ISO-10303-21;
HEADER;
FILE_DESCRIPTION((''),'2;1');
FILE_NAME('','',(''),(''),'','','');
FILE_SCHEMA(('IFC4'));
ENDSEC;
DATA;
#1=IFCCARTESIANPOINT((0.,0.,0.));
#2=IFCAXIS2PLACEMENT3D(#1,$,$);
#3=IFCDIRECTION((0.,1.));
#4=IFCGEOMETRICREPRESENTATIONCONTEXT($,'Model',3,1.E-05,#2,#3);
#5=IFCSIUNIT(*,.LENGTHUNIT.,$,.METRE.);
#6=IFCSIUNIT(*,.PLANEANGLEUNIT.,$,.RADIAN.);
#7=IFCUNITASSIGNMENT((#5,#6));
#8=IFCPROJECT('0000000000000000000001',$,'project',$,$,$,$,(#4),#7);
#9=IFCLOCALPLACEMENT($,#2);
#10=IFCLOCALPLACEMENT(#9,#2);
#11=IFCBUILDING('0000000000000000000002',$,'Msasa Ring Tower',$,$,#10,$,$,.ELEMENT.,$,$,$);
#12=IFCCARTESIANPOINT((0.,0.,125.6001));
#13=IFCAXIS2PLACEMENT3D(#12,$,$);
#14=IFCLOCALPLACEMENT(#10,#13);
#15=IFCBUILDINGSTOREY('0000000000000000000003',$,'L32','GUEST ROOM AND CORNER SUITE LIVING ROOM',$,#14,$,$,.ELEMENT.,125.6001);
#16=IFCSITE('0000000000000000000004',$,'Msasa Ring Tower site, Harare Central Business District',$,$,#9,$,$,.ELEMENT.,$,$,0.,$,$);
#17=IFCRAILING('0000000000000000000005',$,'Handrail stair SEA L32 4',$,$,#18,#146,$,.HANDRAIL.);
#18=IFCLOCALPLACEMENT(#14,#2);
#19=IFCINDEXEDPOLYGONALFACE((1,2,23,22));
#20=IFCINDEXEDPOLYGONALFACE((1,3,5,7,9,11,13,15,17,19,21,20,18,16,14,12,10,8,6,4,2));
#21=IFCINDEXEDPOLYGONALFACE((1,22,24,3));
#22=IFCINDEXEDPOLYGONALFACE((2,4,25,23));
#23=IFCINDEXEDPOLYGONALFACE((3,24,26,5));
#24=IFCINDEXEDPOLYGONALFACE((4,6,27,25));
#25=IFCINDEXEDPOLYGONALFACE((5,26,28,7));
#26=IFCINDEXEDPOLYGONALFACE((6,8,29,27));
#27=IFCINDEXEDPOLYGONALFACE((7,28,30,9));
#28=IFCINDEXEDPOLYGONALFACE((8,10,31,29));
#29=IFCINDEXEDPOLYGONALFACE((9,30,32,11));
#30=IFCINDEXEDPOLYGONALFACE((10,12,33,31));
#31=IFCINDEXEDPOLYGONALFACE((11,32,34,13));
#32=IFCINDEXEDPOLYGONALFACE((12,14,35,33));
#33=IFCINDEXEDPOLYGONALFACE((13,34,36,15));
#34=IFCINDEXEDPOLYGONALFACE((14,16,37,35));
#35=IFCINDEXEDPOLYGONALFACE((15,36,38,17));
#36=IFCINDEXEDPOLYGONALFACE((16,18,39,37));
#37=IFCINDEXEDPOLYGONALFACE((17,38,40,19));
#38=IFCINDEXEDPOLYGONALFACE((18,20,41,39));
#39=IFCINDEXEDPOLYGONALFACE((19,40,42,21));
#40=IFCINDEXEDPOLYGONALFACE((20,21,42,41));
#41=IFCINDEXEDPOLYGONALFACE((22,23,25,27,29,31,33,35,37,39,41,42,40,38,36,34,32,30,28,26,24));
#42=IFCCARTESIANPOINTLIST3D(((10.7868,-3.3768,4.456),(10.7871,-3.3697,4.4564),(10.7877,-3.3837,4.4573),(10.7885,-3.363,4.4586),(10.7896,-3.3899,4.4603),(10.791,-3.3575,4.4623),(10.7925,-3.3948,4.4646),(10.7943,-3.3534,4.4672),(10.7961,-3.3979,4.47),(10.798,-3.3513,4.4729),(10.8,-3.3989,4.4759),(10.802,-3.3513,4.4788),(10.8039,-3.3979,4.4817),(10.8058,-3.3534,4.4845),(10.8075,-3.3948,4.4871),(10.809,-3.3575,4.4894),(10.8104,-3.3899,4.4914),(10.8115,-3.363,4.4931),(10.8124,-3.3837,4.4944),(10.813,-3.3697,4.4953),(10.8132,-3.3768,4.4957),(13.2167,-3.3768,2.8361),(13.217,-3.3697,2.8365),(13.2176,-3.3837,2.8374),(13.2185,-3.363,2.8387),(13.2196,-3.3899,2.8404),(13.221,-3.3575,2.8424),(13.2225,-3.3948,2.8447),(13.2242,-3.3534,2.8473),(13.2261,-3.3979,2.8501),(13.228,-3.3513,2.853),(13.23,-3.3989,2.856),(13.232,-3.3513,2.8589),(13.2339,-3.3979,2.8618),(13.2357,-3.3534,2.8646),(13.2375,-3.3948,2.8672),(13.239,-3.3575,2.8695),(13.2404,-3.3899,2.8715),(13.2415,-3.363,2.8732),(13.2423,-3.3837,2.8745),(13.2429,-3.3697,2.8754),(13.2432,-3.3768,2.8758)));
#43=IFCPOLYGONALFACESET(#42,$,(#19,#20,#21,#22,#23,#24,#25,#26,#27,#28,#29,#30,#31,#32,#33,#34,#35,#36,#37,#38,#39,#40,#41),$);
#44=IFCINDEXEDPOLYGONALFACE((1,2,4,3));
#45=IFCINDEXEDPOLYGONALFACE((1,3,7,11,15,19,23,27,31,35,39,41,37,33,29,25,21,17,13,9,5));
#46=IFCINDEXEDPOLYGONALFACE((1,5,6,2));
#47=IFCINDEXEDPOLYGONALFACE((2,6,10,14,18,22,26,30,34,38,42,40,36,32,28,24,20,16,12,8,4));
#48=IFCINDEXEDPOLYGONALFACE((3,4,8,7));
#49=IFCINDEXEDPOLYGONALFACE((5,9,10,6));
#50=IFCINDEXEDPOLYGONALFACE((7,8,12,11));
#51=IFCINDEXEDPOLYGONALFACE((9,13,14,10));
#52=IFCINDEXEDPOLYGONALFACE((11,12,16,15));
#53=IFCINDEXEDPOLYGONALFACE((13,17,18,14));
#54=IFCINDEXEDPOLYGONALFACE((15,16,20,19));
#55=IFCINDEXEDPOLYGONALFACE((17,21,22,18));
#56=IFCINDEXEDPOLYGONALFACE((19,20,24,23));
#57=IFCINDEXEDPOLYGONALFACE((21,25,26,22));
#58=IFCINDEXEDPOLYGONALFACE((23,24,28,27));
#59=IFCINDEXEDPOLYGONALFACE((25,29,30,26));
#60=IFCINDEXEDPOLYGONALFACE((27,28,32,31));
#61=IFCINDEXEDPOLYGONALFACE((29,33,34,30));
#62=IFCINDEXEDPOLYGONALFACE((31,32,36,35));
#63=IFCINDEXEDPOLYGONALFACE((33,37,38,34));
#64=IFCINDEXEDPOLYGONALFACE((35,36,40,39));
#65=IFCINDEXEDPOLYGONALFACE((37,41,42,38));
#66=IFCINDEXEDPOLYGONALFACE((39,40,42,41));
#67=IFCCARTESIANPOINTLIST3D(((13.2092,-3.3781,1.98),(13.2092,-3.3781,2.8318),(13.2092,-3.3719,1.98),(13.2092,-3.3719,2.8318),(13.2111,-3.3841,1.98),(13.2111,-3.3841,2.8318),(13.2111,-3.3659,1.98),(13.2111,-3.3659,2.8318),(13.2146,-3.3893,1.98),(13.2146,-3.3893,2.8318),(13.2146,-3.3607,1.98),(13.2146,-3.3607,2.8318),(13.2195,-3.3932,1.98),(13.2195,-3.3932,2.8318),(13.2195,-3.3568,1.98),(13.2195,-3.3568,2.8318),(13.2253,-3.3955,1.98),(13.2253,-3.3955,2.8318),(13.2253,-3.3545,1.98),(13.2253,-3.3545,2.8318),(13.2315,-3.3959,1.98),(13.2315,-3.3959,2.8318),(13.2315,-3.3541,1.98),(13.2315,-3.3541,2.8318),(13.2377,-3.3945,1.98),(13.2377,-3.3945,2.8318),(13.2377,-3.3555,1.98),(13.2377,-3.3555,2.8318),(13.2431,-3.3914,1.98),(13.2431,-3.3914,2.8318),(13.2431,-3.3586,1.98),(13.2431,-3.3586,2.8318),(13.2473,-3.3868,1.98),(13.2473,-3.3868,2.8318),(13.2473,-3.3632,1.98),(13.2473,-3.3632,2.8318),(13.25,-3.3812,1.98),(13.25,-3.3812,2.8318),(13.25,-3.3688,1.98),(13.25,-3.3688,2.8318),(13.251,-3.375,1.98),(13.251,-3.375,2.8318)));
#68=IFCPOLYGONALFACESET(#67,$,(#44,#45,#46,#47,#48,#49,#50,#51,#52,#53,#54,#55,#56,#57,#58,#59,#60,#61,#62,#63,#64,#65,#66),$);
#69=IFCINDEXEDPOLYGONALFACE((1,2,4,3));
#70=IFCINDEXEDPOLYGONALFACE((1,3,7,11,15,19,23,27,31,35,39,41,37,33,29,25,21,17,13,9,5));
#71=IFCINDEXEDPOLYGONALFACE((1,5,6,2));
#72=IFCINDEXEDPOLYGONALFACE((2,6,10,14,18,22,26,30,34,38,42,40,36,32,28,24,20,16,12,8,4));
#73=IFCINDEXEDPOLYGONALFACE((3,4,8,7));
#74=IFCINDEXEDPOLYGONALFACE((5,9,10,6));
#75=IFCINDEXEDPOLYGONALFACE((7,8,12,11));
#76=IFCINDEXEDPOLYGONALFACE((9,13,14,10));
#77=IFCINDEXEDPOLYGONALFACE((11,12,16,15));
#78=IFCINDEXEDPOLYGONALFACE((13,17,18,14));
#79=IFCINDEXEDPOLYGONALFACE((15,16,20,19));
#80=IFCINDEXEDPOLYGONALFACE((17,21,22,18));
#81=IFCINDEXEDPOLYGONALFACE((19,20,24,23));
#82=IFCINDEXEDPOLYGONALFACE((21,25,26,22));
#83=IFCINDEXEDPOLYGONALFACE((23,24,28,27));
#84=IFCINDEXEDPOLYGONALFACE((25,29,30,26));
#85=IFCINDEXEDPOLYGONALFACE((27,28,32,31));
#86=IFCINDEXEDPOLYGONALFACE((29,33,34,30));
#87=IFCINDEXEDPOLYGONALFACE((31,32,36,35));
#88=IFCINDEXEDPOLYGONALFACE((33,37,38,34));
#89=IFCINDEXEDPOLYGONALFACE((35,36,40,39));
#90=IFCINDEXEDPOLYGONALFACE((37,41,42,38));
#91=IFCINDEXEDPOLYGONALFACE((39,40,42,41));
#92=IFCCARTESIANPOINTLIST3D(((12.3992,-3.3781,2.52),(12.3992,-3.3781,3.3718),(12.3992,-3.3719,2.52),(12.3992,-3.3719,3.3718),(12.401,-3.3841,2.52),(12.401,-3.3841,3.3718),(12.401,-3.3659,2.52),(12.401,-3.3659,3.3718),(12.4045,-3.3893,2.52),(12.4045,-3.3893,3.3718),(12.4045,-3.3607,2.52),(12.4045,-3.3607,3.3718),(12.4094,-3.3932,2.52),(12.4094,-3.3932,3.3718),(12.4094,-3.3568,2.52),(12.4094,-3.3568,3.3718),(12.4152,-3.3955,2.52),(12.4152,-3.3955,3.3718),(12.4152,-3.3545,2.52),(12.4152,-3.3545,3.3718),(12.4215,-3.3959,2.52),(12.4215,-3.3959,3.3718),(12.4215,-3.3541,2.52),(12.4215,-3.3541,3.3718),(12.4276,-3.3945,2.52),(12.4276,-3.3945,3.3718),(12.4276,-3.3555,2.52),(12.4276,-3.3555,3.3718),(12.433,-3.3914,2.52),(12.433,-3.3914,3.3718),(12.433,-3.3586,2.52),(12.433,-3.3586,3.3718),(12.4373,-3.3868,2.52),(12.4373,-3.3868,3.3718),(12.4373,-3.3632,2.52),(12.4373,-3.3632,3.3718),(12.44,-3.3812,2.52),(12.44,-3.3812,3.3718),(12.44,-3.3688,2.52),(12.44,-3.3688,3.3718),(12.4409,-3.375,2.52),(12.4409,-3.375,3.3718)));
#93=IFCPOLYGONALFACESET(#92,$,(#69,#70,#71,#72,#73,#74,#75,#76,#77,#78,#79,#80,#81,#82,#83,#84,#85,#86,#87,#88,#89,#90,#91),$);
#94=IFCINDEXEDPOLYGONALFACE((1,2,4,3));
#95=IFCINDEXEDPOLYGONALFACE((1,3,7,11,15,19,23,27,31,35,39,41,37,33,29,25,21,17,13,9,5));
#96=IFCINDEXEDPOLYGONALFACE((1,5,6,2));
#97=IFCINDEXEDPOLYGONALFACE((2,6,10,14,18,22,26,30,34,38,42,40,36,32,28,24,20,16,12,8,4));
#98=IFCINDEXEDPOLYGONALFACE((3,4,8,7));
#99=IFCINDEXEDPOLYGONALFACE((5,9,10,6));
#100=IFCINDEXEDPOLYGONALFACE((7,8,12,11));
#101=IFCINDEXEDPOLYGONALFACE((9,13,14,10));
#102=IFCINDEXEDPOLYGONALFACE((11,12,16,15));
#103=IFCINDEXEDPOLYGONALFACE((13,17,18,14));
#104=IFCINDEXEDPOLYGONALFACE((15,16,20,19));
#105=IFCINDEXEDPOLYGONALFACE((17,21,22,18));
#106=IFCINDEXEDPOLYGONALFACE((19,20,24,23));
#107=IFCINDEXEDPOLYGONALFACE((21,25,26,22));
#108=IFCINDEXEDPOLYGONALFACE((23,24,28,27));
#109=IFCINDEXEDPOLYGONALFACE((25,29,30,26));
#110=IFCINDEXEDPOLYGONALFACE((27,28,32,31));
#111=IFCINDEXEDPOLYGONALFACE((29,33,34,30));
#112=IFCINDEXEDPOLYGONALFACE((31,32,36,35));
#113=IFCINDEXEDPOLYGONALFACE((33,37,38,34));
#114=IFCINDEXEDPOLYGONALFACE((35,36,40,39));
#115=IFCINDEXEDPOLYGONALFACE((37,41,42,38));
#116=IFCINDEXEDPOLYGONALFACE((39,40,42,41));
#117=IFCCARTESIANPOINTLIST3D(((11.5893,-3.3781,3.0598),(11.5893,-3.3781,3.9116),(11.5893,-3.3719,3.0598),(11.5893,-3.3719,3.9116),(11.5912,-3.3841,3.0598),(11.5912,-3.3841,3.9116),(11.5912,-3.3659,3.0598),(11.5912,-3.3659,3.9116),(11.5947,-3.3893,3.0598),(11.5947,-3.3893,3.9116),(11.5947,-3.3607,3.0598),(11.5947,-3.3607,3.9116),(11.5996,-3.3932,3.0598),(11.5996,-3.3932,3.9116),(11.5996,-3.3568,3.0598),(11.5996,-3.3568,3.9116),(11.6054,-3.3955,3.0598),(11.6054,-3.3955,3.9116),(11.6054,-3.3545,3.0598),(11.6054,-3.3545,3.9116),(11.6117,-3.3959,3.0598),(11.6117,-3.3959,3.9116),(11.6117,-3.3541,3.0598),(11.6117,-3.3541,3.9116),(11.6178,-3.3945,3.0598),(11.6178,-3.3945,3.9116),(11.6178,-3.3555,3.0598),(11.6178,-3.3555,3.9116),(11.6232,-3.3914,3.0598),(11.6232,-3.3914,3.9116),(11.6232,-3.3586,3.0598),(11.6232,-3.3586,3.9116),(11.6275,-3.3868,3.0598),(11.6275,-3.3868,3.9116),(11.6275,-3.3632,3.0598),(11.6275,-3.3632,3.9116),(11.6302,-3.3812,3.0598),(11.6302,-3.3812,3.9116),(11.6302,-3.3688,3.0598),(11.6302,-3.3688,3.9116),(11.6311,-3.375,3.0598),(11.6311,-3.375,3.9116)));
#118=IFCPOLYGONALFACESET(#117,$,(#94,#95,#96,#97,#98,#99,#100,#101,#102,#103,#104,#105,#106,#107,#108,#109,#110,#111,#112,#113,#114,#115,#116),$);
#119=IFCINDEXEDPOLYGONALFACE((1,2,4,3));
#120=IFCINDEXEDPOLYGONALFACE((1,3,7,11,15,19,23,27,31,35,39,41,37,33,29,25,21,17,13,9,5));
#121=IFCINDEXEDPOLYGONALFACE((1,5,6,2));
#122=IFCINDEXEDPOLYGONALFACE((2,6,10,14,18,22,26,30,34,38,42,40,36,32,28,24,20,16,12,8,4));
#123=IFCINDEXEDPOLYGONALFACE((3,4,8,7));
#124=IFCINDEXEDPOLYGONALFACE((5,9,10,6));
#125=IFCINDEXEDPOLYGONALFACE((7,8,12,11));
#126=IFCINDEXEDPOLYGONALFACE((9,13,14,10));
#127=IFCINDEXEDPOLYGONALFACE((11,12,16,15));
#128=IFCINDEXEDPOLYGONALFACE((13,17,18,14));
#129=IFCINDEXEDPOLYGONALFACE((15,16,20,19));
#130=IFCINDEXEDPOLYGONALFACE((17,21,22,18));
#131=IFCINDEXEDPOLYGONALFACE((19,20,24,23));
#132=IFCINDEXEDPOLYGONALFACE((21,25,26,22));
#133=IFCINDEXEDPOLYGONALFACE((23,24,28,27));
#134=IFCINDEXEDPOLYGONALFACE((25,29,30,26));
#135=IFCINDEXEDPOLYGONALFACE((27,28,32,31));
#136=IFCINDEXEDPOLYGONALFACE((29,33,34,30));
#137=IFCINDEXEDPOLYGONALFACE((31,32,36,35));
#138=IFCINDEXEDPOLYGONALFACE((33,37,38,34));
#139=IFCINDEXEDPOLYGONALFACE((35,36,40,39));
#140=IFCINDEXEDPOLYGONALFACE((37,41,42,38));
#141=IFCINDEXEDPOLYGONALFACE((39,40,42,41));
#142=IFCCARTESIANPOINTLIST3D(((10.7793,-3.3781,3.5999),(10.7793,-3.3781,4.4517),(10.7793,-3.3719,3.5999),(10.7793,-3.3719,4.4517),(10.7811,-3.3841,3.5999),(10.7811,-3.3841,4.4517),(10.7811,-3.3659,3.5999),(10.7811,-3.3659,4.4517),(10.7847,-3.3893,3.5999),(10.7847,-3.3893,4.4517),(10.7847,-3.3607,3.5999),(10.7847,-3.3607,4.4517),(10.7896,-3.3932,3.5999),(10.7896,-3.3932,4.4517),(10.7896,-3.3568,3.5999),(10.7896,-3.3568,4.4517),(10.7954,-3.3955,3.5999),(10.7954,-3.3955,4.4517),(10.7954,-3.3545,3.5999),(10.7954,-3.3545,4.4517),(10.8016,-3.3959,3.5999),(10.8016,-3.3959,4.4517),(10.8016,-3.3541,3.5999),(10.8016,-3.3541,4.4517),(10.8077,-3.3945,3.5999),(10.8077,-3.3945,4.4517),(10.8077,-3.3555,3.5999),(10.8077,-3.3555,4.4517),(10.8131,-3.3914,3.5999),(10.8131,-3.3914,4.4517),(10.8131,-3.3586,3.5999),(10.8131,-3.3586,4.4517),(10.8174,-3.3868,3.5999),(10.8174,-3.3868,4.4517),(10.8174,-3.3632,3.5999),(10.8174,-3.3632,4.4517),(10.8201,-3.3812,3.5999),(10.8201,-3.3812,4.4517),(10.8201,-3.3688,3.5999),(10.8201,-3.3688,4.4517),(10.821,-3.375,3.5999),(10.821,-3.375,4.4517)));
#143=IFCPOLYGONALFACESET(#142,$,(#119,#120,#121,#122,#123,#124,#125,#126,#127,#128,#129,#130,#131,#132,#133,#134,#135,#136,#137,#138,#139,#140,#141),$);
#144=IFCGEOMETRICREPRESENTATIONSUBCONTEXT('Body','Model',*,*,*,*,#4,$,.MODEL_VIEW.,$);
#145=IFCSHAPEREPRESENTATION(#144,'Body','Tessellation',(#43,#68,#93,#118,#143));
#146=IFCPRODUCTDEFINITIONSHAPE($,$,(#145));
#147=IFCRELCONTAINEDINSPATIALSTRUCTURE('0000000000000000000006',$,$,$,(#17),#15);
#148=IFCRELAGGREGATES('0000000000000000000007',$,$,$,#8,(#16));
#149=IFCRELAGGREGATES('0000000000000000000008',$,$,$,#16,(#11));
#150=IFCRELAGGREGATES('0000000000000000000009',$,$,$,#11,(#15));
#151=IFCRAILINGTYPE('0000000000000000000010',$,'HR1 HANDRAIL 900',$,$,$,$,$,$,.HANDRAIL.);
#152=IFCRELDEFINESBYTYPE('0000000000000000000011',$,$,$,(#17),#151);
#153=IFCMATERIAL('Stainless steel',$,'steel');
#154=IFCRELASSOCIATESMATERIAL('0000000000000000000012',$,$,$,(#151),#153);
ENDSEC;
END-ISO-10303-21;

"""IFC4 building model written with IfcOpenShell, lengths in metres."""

from ifc_helpers import new_model, si_unit, direction, frame, origin, origin_2d, place, context, subcontext, project, spatial, circle, extrude, material, type_object, element, save


model = new_model("IFC4")

# Units and contexts
model_context = context("Model", 3, precision=1e-05, world=origin(), true_north=direction((0.0, 1.0)))
body_context = subcontext(model_context, "Body", "Model", "MODEL_VIEW")
ifc_project = project(units=[si_unit("LENGTHUNIT", "METRE"), si_unit("PLANEANGLEUNIT", "RADIAN")], contexts=[model_context])

# Site, building, storey
site_placement = place(None, origin())
site = spatial("IfcSite", under=ifc_project, at=site_placement, Name="Msasa Ring Tower site, Harare Central Business District", CompositionType="ELEMENT", RefElevation=0.0)
building_placement = place(site_placement, origin())
building = spatial("IfcBuilding", under=site, at=building_placement, Name="Msasa Ring Tower", CompositionType="ELEMENT")
storey_placement = place(building_placement, frame((0.0, 0.0, 125.6001)))
storey = spatial("IfcBuildingStorey", under=building, at=storey_placement, Name="L32", Description="GUEST ROOM AND CORNER SUITE LIVING ROOM", CompositionType="ELEMENT", Elevation=125.6001)

# Railing
ifc_material_1 = material(Name="Stainless steel", Category="steel")
railing_type = type_object("IfcRailingType", Name="HR1 HANDRAIL 900", PredefinedType="HANDRAIL", material=ifc_material_1)
for number, where, name in (
    (1, (13.23, -3.375, 1.98), "Handrail stair SEA L32 4"),
):
    element("IfcRailing", number, at=place(storey_placement, frame(where)), inside=storey, type_object=railing_type, Name=name, PredefinedType="HANDRAIL", context=body_context, shape_type="SweptSolid", body=[
        extrude(circle(Radius=0.0239, at=origin_2d()), frame((0.0, 0.0, 0.876), z_axis=(-0.832063, 0.0, 0.554681), x_axis=(0.0, -1.0, 0.0)), (0.0, 0.0, 1.0), 2.9204),
        extrude(circle(Radius=0.021, at=origin_2d()), origin(), (0.0, 0.0, 1.0), 0.8518),
        extrude(circle(Radius=0.021, at=origin_2d()), frame((-0.8101, 0.0, 0.54)), (0.0, 0.0, 1.0), 0.8518),
        extrude(circle(Radius=0.021, at=origin_2d()), frame((-1.6199, 0.0, 1.0798)), (0.0, 0.0, 1.0), 0.8518),
        extrude(circle(Radius=0.021, at=origin_2d()), frame((-2.4299, 0.0, 1.6199)), (0.0, 0.0, 1.0), 0.8518),
    ])

save(model, "model.ifc")
